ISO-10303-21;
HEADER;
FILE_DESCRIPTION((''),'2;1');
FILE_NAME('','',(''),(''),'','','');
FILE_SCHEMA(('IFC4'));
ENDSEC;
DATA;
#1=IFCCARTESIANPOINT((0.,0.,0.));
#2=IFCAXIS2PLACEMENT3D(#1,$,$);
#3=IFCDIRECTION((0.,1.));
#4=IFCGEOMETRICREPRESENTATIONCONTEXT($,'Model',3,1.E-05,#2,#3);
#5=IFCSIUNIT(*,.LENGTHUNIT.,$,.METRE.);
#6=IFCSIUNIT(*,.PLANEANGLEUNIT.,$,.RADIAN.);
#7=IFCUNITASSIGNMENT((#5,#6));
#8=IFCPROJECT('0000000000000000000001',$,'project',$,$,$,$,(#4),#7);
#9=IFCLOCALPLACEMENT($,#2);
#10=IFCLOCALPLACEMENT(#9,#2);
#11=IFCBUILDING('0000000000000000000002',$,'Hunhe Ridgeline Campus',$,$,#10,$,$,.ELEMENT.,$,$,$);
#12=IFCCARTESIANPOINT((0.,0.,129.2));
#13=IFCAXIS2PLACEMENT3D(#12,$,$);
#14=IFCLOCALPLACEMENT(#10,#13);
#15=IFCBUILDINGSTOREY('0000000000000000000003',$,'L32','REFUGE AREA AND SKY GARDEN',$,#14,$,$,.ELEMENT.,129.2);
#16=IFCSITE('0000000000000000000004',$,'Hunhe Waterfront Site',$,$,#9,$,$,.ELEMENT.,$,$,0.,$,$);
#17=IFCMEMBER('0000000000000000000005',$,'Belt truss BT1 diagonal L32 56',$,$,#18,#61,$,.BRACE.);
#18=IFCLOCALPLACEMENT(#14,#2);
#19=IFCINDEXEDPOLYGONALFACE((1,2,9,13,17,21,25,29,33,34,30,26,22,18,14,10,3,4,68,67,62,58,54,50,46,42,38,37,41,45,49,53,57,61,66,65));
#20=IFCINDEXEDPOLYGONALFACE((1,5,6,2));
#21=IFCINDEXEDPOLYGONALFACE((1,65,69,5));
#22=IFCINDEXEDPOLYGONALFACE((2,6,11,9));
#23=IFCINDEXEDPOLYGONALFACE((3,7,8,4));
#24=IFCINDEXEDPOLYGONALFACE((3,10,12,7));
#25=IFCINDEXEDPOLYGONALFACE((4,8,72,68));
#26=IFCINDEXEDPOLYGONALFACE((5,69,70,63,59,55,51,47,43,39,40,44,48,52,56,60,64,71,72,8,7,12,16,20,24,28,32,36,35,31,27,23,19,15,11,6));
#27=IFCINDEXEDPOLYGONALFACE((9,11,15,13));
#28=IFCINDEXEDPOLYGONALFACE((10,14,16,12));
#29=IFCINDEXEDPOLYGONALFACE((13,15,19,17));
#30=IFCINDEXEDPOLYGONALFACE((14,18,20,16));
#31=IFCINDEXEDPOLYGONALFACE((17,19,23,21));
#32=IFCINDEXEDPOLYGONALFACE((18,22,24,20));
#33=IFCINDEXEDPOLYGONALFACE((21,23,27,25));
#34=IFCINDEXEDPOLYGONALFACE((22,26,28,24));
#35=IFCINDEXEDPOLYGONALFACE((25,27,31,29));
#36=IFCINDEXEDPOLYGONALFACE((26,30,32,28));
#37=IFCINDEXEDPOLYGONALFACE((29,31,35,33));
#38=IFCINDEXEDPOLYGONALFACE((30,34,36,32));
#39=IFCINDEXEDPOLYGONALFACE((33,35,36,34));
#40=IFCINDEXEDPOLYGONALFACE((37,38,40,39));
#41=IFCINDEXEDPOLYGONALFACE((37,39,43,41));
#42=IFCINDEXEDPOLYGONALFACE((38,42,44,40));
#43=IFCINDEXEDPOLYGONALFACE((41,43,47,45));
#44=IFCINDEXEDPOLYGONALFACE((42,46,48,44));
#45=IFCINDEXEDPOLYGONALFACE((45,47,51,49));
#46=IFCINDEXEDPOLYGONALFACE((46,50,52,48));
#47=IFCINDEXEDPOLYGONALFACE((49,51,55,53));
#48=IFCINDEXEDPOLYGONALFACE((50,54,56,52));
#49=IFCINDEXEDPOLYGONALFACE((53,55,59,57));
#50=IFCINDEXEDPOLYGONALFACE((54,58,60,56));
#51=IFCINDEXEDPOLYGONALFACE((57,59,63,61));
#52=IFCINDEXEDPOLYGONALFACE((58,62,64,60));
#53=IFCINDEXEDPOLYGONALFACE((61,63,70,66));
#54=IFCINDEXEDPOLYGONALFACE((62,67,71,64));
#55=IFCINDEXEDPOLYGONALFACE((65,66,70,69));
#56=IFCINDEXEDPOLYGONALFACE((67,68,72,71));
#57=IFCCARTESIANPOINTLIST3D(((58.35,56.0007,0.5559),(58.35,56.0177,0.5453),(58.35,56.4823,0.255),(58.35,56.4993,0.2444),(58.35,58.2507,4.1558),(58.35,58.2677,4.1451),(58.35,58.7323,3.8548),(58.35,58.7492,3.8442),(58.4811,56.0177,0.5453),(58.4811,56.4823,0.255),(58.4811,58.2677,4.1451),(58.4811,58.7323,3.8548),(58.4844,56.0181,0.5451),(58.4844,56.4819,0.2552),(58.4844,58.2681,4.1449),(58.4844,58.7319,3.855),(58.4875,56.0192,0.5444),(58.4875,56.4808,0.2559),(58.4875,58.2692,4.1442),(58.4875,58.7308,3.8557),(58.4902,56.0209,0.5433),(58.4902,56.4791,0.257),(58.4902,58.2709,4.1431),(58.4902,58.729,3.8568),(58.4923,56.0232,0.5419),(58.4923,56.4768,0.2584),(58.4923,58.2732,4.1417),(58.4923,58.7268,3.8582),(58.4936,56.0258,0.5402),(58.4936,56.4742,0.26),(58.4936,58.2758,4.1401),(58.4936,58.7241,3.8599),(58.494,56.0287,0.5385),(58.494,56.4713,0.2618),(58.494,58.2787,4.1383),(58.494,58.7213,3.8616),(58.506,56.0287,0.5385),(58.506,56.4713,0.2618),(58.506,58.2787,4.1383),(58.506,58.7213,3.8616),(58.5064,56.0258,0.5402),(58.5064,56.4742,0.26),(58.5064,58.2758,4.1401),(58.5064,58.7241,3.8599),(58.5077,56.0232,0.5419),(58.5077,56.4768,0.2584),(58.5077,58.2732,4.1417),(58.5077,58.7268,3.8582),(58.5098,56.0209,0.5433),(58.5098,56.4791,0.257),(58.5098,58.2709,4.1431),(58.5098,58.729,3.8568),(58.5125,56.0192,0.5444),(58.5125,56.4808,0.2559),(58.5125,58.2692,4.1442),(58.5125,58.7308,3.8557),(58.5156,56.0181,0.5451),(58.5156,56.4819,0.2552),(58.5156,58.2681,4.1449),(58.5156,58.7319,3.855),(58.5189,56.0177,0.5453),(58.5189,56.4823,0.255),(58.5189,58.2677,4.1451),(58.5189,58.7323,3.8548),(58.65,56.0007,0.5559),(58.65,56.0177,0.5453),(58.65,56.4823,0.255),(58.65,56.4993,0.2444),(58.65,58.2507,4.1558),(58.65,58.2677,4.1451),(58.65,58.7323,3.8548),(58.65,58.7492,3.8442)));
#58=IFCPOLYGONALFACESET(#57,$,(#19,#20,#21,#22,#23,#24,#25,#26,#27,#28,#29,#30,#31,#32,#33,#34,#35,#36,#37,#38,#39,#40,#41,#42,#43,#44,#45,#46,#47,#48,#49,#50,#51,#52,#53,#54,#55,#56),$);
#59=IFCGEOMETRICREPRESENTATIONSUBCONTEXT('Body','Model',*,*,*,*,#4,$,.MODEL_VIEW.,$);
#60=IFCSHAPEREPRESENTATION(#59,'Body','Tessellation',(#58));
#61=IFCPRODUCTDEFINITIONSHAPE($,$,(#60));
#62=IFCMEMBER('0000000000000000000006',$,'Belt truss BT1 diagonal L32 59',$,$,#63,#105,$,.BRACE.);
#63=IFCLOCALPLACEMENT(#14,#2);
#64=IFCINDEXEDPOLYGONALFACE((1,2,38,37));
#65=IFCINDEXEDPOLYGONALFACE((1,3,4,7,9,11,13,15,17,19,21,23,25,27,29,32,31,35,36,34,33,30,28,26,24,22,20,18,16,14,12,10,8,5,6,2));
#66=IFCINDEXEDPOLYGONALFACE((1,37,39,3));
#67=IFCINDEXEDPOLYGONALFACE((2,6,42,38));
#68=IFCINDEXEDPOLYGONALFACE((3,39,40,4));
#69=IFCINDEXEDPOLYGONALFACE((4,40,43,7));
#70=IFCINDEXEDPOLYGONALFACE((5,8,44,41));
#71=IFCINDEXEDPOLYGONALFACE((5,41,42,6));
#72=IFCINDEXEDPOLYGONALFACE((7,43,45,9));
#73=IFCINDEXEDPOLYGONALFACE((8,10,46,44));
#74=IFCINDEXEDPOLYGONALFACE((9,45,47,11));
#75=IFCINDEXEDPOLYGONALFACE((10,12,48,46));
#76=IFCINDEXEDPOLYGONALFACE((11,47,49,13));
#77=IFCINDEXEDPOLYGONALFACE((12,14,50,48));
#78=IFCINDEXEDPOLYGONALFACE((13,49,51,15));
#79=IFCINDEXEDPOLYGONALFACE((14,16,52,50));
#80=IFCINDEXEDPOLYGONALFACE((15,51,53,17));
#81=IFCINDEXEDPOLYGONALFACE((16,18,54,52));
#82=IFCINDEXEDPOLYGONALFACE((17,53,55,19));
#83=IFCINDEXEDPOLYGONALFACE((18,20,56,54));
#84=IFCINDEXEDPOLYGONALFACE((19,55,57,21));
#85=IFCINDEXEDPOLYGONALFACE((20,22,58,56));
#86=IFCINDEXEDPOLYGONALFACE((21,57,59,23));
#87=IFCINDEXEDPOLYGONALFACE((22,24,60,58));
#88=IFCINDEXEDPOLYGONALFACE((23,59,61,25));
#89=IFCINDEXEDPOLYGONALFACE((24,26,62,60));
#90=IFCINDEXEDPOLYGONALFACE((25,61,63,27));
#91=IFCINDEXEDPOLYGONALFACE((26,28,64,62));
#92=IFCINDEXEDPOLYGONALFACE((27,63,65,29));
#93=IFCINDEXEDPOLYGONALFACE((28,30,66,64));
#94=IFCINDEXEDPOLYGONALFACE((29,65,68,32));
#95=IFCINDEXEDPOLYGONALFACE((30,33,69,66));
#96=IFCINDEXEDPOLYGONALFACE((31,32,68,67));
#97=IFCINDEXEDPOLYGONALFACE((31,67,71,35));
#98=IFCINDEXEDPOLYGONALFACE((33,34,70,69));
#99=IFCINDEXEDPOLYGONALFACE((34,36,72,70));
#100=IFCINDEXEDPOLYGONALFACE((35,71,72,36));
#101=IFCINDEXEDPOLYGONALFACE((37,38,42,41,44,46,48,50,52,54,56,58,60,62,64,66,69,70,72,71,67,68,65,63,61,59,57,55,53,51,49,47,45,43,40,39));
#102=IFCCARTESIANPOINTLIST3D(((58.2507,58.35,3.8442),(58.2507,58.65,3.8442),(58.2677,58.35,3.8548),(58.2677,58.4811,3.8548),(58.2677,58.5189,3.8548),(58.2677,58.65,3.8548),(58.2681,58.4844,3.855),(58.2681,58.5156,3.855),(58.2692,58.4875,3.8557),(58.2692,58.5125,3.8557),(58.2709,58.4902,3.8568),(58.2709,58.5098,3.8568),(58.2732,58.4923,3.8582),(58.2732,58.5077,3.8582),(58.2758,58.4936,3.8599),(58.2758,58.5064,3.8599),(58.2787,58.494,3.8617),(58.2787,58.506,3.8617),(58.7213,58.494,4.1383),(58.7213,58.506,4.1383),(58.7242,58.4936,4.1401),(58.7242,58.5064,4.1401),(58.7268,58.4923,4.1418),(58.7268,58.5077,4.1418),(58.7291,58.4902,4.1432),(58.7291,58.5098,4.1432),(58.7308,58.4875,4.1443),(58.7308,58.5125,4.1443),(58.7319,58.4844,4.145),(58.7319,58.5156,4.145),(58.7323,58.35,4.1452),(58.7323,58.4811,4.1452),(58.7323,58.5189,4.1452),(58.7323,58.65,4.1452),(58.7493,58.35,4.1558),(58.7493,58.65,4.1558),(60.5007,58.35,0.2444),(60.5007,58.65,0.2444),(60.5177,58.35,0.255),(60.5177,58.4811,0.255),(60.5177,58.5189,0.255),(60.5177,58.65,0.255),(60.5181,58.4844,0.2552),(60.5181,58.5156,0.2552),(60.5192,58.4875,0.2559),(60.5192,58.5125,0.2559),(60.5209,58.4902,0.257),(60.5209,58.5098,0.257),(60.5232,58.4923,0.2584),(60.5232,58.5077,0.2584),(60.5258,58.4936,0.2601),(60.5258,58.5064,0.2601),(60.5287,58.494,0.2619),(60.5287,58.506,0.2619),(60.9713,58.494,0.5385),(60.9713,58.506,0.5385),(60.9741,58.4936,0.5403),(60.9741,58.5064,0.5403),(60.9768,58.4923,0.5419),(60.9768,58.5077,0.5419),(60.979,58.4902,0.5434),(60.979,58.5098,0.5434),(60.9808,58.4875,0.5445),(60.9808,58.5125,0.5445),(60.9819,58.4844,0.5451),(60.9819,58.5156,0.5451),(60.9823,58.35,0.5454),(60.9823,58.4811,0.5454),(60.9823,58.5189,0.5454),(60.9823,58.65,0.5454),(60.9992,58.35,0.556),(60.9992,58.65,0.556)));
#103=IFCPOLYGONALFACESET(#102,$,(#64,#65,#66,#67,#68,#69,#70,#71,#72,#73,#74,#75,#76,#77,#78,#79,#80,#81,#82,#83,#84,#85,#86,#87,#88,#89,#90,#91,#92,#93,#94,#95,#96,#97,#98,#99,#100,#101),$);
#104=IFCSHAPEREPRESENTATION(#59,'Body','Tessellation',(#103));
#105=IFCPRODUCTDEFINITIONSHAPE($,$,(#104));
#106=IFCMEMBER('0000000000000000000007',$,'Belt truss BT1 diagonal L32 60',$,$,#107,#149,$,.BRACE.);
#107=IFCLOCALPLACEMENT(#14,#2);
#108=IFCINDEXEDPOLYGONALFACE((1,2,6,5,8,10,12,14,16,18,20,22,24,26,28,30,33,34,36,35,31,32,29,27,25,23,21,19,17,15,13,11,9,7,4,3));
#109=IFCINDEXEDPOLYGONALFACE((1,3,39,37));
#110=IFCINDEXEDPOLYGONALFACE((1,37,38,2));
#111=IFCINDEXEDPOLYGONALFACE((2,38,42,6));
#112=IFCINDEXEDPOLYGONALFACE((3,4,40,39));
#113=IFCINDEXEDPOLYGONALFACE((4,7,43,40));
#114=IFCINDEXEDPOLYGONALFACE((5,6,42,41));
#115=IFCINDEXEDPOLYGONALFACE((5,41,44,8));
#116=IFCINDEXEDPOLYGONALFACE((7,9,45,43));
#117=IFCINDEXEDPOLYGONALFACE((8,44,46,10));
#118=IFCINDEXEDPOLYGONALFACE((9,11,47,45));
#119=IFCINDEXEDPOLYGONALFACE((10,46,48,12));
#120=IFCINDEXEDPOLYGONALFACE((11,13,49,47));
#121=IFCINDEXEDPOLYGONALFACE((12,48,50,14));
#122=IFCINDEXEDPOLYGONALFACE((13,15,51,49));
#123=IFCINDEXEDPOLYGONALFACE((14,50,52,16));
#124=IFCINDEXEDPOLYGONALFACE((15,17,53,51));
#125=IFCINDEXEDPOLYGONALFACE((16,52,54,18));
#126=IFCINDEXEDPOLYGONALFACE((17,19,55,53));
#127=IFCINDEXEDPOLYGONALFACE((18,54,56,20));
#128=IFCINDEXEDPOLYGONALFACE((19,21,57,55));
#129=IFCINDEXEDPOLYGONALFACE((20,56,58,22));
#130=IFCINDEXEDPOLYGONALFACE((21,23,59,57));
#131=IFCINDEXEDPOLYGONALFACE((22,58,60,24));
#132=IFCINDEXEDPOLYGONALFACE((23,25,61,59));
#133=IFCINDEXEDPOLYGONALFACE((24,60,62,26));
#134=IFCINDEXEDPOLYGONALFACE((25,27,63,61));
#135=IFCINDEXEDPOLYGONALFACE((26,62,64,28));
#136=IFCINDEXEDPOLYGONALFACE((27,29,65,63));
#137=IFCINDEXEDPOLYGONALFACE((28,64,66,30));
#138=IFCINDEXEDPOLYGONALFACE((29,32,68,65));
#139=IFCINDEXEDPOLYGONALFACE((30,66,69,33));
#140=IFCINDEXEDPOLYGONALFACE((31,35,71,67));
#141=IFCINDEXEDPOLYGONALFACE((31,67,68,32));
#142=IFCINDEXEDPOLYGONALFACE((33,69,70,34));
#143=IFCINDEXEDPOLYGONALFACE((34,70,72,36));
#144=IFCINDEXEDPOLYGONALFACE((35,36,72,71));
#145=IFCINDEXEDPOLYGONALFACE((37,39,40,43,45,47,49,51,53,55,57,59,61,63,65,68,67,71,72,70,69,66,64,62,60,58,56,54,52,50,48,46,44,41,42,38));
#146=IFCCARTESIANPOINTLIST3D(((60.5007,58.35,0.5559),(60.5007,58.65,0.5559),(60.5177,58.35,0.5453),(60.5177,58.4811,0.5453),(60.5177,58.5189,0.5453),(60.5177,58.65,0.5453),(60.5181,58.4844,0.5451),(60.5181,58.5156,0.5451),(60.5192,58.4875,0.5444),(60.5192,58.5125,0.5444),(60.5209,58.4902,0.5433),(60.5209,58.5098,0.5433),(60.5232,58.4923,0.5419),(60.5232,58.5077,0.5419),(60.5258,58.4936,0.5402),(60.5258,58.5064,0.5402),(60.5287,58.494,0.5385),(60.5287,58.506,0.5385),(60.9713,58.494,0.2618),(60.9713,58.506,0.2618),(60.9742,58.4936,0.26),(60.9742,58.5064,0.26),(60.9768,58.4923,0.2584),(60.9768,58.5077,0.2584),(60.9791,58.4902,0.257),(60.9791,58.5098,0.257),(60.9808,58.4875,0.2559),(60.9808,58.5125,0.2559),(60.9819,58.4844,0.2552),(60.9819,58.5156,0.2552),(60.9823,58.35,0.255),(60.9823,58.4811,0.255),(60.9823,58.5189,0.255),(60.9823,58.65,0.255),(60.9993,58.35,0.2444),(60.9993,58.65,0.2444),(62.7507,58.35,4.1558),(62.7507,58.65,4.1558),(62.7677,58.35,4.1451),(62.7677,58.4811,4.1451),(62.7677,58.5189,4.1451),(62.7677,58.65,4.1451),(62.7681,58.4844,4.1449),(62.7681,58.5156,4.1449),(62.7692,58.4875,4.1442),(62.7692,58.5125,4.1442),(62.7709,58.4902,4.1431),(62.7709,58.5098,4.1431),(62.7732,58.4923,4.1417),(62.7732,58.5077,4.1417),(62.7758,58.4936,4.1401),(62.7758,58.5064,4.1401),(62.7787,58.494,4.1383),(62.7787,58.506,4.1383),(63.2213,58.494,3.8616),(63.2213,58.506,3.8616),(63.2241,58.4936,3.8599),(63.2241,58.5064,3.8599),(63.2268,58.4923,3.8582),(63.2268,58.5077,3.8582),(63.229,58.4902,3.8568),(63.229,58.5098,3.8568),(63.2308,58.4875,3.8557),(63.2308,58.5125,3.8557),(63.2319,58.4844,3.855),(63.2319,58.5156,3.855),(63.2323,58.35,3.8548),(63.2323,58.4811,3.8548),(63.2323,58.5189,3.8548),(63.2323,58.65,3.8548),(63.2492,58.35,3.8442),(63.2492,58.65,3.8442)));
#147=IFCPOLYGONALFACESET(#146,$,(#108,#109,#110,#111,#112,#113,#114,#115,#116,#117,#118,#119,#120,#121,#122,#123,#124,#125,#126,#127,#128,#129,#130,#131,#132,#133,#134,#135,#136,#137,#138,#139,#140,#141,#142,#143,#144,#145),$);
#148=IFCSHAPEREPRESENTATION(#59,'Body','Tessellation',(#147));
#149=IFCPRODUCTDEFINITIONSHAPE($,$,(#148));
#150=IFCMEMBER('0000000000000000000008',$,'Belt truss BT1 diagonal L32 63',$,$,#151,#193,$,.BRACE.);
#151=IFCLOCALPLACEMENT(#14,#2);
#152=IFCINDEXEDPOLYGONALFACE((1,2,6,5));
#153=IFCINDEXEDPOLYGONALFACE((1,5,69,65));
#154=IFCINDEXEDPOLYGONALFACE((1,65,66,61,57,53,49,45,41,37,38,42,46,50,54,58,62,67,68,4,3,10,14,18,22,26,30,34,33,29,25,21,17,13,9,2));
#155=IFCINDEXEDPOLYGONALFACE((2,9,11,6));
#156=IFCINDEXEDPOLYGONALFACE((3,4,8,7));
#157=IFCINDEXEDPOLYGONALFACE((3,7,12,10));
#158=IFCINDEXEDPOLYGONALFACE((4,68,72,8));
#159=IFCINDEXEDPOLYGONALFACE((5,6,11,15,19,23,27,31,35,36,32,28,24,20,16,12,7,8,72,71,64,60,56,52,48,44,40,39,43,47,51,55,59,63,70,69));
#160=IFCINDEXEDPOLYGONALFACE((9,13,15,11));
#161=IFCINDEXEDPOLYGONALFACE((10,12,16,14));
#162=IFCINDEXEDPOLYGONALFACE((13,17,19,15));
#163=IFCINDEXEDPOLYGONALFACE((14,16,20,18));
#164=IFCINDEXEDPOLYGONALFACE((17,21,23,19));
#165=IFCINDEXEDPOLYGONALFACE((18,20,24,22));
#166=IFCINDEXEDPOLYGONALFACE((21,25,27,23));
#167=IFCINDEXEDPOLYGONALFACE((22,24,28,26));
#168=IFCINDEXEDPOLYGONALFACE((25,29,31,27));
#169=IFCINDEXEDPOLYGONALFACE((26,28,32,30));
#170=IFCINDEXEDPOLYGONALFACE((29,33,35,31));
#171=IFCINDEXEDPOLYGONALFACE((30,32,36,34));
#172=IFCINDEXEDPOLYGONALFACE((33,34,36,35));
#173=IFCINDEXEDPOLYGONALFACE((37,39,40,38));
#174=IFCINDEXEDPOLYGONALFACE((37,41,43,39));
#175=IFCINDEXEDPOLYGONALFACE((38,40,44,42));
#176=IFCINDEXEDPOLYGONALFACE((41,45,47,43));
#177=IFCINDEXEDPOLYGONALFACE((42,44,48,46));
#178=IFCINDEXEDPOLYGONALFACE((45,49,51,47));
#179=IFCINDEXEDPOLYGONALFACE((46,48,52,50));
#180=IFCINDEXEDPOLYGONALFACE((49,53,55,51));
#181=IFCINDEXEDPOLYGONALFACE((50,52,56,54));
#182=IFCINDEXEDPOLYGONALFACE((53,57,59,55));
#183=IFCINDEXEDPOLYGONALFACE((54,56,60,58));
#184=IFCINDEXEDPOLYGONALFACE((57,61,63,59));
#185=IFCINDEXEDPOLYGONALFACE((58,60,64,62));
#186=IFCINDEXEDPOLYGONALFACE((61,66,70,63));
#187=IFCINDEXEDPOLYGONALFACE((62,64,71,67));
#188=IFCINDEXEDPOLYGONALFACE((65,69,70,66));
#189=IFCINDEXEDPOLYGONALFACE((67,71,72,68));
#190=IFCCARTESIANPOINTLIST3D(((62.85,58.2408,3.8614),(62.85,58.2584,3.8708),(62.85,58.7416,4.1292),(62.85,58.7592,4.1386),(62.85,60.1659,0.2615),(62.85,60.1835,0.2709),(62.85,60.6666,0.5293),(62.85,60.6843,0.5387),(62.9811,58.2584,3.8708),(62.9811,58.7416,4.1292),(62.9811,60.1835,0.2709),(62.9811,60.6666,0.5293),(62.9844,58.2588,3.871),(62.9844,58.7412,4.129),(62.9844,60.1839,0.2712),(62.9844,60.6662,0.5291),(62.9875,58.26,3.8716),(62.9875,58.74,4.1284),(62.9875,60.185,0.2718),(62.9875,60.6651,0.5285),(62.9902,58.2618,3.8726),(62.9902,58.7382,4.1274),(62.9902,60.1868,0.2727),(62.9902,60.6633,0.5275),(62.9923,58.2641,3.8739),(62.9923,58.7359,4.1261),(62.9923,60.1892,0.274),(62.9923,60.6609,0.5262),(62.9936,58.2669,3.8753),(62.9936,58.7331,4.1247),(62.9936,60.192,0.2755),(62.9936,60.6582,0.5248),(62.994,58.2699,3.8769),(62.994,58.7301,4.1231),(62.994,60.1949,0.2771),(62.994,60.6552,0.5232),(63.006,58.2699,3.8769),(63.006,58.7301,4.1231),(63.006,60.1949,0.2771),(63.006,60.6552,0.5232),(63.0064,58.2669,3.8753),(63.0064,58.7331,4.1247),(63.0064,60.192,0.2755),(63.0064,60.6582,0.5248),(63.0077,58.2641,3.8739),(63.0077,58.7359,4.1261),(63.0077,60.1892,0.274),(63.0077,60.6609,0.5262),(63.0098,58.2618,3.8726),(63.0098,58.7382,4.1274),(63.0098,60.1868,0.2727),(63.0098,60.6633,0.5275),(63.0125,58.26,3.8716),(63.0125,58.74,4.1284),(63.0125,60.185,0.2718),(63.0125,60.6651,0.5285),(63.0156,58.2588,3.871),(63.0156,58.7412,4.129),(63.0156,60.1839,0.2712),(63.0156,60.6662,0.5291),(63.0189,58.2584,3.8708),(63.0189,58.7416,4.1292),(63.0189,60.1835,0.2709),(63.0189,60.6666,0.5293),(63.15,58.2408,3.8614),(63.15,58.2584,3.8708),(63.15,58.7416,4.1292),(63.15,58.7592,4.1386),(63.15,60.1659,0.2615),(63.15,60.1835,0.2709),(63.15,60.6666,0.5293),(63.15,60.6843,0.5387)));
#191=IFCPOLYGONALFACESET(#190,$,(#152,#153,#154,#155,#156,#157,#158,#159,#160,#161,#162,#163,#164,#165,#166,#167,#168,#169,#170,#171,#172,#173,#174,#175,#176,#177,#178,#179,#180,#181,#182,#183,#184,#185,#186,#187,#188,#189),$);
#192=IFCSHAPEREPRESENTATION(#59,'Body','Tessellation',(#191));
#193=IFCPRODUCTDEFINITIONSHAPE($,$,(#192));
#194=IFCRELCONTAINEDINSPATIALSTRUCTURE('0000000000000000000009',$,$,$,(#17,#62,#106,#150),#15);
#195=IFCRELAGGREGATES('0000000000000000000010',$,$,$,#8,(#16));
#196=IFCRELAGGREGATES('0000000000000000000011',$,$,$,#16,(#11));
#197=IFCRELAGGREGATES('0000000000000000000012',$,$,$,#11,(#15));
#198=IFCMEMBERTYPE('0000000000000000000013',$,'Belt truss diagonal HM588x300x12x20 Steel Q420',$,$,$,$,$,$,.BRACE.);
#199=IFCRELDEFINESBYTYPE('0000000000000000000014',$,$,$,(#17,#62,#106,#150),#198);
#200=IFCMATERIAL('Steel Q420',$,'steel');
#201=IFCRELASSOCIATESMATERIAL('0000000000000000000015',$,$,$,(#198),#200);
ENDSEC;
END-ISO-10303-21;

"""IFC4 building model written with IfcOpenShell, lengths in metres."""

from ifc_helpers import new_model, si_unit, direction, frame, origin, origin_2d, place, context, subcontext, project, spatial, i_section, extrude, material, material_profile, profile_set, type_object, element, save


model = new_model("IFC4")

# Units and contexts
model_context = context("Model", 3, precision=1e-05, world=origin(), true_north=direction((0.0, 1.0)))
body_context = subcontext(model_context, "Body", "Model", "MODEL_VIEW")
ifc_project = project(units=[si_unit("LENGTHUNIT", "METRE"), si_unit("PLANEANGLEUNIT", "RADIAN")], contexts=[model_context])

# Site, building, storey
site_placement = place(None, origin())
site = spatial("IfcSite", under=ifc_project, at=site_placement, Name="Hunhe Waterfront Site", CompositionType="ELEMENT", RefElevation=0.0)
building_placement = place(site_placement, origin())
building = spatial("IfcBuilding", under=site, at=building_placement, Name="Hunhe Ridgeline Campus", CompositionType="ELEMENT")
storey_placement = place(building_placement, frame((0.0, 0.0, 129.2)))
storey = spatial("IfcBuildingStorey", under=building, at=storey_placement, Name="L32", Description="REFUGE AREA AND SKY GARDEN", CompositionType="ELEMENT", Elevation=129.2)

# Members
ifc_material_1 = material(Name="Steel Q420", Category="steel")
ifc_material_profile_1 = material_profile(ifc_material_1, i_section(OverallWidth=0.3, OverallDepth=0.5879, WebThickness=0.012, FlangeThickness=0.02, FilletRadius=0.0129, at=origin_2d()))
ifc_profile_set_1 = profile_set([ifc_material_profile_1], Name="Steel Q420")
member_type_1 = type_object("IfcMemberType", Name="Belt truss diagonal HM588x300x12x20 Steel Q420", PredefinedType="BRACE", material=ifc_profile_set_1)
for number, where, z_axis, x_axis, name in (
    (1, (58.5, 56.25, 0.4001), (0.0, 0.530014, 0.847989), (-1.0, 0.0, 0.0), "Belt truss BT1 diagonal L32 56"),
    (2, (58.5, 58.5, 4.0), (0.530014, 0.0, -0.847989), (0.0, 1.0, 0.0), "Belt truss BT1 diagonal L32 59"),
    (3, (60.75, 58.5, 0.4001), (0.530014, 0.0, 0.847989), (0.0, 1.0, 0.0), "Belt truss BT1 diagonal L32 60"),
):
    element("IfcMember", number, at=place(storey_placement, frame(where, z_axis=z_axis, x_axis=x_axis)), inside=storey, type_object=member_type_1, Name=name, PredefinedType="BRACE", context=body_context, shape_type="SweptSolid", body=[
        extrude(i_section(OverallWidth=0.3, OverallDepth=0.5879, WebThickness=0.012, FlangeThickness=0.02, FilletRadius=0.0129, at=origin_2d()), origin(), (0.0, 0.0, 1.0), 4.2451),
    ])
for number, where, z_axis, x_axis, name in (
    (4, (63.0, 58.5, 4.0), (0.0, 0.471566, -0.881831), (-1.0, 0.0, 0.0), "Belt truss BT1 diagonal L32 63"),
):
    element("IfcMember", number, at=place(storey_placement, frame(where, z_axis=z_axis, x_axis=x_axis)), inside=storey, type_object=member_type_1, Name=name, PredefinedType="BRACE", context=body_context, shape_type="SweptSolid", body=[
        extrude(i_section(OverallWidth=0.3, OverallDepth=0.5879, WebThickness=0.012, FlangeThickness=0.02, FilletRadius=0.0129, at=origin_2d()), origin(), (0.0, 0.0, 1.0), 4.0823),
    ])

save(model, "model.ifc")
